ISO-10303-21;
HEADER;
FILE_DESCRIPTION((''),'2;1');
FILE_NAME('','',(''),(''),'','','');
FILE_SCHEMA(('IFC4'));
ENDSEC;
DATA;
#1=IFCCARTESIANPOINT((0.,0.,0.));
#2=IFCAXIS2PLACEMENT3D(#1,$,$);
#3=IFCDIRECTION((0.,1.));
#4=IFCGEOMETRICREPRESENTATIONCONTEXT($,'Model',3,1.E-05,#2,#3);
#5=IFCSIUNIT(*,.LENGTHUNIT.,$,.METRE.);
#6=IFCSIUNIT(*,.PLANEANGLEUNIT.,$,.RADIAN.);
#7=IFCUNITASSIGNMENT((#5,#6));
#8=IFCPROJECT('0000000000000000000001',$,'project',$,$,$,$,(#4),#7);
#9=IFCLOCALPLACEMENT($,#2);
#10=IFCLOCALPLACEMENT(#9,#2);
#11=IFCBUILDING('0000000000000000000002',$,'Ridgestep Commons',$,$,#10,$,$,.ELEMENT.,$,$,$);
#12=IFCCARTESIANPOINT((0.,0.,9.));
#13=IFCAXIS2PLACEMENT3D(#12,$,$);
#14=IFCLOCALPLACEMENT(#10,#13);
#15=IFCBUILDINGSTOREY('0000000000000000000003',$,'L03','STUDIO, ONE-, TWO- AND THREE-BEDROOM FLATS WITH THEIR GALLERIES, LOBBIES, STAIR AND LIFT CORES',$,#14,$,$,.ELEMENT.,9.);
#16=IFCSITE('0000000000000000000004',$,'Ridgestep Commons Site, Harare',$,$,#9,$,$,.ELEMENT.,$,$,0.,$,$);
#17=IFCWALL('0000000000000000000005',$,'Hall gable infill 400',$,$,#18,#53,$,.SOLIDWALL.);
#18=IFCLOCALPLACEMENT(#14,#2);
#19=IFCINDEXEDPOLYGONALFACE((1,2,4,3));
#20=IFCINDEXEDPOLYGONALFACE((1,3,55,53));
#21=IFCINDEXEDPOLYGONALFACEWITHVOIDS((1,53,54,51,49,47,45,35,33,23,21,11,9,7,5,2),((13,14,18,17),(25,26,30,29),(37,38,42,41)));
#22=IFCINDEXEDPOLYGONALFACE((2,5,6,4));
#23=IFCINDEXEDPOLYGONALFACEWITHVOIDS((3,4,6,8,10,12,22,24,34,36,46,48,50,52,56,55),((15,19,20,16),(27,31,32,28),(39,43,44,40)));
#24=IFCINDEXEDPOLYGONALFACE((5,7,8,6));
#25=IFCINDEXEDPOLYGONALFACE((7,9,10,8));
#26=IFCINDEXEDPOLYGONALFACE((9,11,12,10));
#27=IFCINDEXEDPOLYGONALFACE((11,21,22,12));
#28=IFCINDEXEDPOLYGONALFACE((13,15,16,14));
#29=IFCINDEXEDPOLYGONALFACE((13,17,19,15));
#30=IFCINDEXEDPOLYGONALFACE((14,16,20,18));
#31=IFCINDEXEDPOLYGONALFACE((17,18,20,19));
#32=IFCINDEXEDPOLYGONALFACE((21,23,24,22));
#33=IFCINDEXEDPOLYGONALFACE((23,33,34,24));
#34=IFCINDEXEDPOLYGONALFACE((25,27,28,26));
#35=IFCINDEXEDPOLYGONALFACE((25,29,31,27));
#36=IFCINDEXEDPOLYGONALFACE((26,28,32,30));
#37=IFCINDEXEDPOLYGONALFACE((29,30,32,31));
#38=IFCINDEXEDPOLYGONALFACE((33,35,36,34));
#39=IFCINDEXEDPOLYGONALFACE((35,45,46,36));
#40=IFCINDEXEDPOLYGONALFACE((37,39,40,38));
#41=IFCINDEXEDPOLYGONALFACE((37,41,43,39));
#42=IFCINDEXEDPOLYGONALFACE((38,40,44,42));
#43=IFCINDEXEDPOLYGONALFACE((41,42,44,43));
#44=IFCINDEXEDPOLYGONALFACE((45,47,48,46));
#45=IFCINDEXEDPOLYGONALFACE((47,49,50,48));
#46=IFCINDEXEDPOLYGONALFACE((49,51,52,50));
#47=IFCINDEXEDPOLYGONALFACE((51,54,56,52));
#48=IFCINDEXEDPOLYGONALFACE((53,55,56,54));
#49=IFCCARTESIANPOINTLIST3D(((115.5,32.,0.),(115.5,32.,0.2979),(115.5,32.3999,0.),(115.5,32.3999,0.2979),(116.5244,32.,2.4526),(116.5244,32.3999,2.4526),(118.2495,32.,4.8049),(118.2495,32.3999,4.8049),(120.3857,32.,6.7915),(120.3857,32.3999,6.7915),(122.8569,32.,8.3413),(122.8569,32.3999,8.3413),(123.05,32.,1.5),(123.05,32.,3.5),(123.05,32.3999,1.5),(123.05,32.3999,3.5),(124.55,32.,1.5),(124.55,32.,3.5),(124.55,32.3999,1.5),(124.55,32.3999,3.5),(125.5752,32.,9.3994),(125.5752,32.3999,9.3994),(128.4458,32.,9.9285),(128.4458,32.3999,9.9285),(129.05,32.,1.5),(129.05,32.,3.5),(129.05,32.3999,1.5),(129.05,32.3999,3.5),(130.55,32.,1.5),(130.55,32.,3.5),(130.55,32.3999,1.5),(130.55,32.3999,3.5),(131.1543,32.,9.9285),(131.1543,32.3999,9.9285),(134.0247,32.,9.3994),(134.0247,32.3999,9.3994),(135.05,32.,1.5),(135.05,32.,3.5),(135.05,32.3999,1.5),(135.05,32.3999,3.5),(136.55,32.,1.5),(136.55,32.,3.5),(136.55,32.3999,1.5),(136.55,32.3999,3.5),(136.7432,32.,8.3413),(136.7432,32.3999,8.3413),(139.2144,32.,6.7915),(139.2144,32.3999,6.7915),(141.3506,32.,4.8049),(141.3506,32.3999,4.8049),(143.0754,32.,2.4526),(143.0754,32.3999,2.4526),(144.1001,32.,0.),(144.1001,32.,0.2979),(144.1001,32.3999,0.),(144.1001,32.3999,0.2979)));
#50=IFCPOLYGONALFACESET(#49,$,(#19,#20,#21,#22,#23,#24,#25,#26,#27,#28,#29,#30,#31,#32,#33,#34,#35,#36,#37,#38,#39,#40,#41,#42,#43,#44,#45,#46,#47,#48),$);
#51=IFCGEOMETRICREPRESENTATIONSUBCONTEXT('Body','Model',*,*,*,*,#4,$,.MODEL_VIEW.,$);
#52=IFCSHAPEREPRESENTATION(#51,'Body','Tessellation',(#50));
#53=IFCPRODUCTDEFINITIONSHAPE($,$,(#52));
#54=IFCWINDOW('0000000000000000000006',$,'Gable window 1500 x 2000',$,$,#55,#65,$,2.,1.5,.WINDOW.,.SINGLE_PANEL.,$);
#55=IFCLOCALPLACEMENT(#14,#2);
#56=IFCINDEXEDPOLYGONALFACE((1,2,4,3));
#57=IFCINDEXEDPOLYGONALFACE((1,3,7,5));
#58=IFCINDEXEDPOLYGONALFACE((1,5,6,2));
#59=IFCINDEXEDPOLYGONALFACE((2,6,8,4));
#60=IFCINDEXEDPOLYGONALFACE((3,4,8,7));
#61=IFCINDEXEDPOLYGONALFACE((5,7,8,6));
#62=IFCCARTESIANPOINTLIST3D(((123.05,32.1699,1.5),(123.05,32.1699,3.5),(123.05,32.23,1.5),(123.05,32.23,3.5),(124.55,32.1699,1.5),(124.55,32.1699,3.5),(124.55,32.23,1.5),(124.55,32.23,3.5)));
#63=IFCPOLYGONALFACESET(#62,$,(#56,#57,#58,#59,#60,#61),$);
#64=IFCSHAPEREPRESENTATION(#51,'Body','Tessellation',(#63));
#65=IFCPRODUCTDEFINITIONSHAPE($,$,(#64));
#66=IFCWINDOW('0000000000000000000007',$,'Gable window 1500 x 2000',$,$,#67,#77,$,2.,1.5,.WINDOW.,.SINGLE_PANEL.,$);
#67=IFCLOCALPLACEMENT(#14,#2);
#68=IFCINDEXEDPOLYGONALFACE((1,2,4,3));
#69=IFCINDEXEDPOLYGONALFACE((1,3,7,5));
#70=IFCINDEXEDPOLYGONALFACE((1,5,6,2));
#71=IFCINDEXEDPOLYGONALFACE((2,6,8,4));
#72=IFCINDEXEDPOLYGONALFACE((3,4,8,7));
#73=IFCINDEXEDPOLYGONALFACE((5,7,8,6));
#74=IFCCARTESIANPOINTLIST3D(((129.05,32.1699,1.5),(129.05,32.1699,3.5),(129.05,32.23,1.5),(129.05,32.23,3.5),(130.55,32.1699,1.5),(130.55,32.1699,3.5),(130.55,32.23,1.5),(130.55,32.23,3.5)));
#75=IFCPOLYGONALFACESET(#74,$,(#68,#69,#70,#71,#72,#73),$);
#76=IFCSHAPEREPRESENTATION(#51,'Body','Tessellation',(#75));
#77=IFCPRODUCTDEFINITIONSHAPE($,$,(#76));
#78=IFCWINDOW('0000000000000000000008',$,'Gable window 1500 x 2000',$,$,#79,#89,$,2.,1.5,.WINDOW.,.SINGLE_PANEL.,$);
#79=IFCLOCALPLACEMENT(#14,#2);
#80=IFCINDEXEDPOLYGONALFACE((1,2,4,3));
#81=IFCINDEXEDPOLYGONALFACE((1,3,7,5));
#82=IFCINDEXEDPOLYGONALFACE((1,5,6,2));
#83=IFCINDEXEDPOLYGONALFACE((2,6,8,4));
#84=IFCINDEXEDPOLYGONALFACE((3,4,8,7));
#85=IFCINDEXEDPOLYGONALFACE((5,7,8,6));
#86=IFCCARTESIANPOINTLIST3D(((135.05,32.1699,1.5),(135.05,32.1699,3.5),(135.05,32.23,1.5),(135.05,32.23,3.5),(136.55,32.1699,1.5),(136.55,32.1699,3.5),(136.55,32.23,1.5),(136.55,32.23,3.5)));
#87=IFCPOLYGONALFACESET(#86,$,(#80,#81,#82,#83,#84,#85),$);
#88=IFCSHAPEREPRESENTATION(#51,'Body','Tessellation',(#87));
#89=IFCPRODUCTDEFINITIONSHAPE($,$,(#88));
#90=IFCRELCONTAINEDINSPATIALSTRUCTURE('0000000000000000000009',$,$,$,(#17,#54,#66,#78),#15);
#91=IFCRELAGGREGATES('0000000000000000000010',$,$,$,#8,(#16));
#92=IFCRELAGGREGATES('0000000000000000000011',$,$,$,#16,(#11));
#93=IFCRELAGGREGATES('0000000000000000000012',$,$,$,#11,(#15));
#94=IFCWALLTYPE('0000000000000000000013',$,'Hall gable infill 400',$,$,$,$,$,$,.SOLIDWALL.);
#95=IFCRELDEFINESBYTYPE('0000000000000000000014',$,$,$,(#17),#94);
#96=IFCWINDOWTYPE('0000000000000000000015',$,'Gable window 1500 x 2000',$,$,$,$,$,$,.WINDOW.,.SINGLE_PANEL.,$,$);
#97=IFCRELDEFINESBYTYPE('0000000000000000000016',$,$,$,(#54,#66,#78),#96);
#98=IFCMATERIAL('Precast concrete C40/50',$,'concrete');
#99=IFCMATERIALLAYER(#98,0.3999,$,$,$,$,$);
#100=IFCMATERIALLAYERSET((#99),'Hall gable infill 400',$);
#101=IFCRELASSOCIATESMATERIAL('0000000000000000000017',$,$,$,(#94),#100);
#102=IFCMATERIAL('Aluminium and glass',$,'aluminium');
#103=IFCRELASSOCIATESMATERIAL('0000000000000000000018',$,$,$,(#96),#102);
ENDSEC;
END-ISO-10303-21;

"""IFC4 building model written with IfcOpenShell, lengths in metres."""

from ifc_helpers import new_model, si_unit, direction, frame, frame_2d, origin, place, context, subcontext, project, spatial, polyline, rectangle, outline, extrude, material, layer, layer_set, type_object, element, fill, save


model = new_model("IFC4")

# Units and contexts
model_context = context("Model", 3, precision=1e-05, world=origin(), true_north=direction((0.0, 1.0)))
body_context = subcontext(model_context, "Body", "Model", "MODEL_VIEW")
ifc_project = project(units=[si_unit("LENGTHUNIT", "METRE"), si_unit("PLANEANGLEUNIT", "RADIAN")], contexts=[model_context])

# Site, building, storey
site_placement = place(None, origin())
site = spatial("IfcSite", under=ifc_project, at=site_placement, Name="Ridgestep Commons Site, Harare", CompositionType="ELEMENT", RefElevation=0.0)
building_placement = place(site_placement, origin())
building = spatial("IfcBuilding", under=site, at=building_placement, Name="Ridgestep Commons", CompositionType="ELEMENT")
storey_placement = place(building_placement, frame((0.0, 0.0, 9.0)))
storey = spatial("IfcBuildingStorey", under=building, at=storey_placement, Name="L03", Description="STUDIO, ONE-, TWO- AND THREE-BEDROOM FLATS WITH THEIR GALLERIES, LOBBIES, STAIR AND LIFT CORES", CompositionType="ELEMENT", Elevation=9.0)

# Wall, openings, windows
ifc_material_1 = material(Name="Precast concrete C40/50", Category="concrete")
ifc_layer_1 = layer(ifc_material_1, 0.3999)
ifc_layer_set_1 = layer_set([ifc_layer_1], Name="Hall gable infill 400")
wall_type = type_object("IfcWallType", Name="Hall gable infill 400", PredefinedType="SOLIDWALL", material=ifc_layer_set_1)
wall_placement = place(storey_placement, frame((115.5, 32.2, 0.0), z_axis=(0.0, 0.0, 1.0), x_axis=(1.0, 0.0, 0.0)))
wall = element("IfcWall", 1, at=wall_placement, inside=storey, type_object=wall_type, Name="Hall gable infill 400", PredefinedType="SOLIDWALL", context=body_context, shape_type="SweptSolid", body=[
    extrude(outline(polyline([(0.0, 0.0), (28.6001, 0.0), (28.6001, 0.2979), (27.5754, 2.4526), (25.8506, 4.8049), (23.7144, 6.7915), (21.2432, 8.3413), (18.5247, 9.3994), (15.6543, 9.9285), (14.3, 9.9285), (12.9458, 9.9285), (10.0752, 9.3994), (7.3569, 8.3413), (4.8857, 6.7915), (2.7495, 4.8049), (1.0244, 2.4526), (0.0, 0.2979), (0.0, 0.0)])), frame((0.0, 0.2, 0.0), z_axis=(0.0, -1.0, 0.0), x_axis=(1.0, 0.0, 0.0)), (0.0, 0.0, 1.0), 0.3999),
])
opening_1_placement = place(wall_placement, frame((7.55, 0.0, 1.5)))
opening_1 = element("IfcOpeningElement", 2, at=opening_1_placement, cuts=wall, PredefinedType="OPENING", context=body_context, shape_type="SweptSolid", body=[
    extrude(rectangle(XDim=1.5, YDim=2.0, at=frame_2d((0.75, 1.0))), frame((0.0, 0.21, 0.0), z_axis=(0.0, -1.0, 0.0), x_axis=(1.0, 0.0, 0.0)), (0.0, 0.0, 1.0), 0.4199),
])
opening_2_placement = place(wall_placement, frame((13.55, 0.0, 1.5)))
opening_2 = element("IfcOpeningElement", 3, at=opening_2_placement, cuts=wall, PredefinedType="OPENING", context=body_context, shape_type="SweptSolid", body=[
    extrude(rectangle(XDim=1.5, YDim=2.0, at=frame_2d((0.75, 1.0))), frame((0.0, 0.21, 0.0), z_axis=(0.0, -1.0, 0.0), x_axis=(1.0, 0.0, 0.0)), (0.0, 0.0, 1.0), 0.4199),
])
opening_3_placement = place(wall_placement, frame((19.55, 0.0, 1.5)))
opening_3 = element("IfcOpeningElement", 4, at=opening_3_placement, cuts=wall, PredefinedType="OPENING", context=body_context, shape_type="SweptSolid", body=[
    extrude(rectangle(XDim=1.5, YDim=2.0, at=frame_2d((0.75, 1.0))), frame((0.0, 0.21, 0.0), z_axis=(0.0, -1.0, 0.0), x_axis=(1.0, 0.0, 0.0)), (0.0, 0.0, 1.0), 0.4199),
])
ifc_material_2 = material(Name="Aluminium and glass", Category="aluminium")
window_type = type_object("IfcWindowType", Name="Gable window 1500 x 2000", PartitioningType="SINGLE_PANEL", PredefinedType="WINDOW", material=ifc_material_2)
window_1_placement = place(opening_1_placement, origin())
window_1 = element("IfcWindow", 5, at=window_1_placement, inside=storey, type_object=window_type, Name="Gable window 1500 x 2000", OverallHeight=2.0, OverallWidth=1.5, PartitioningType="SINGLE_PANEL", PredefinedType="WINDOW", context=body_context, shape_type="SweptSolid", body=[
    extrude(rectangle(XDim=1.5, YDim=2.0, at=frame_2d((0.75, 1.0))), frame((0.0, 0.03, 0.0), z_axis=(0.0, -1.0, 0.0), x_axis=(1.0, 0.0, 0.0)), (0.0, 0.0, 1.0), 0.0601),
])
fill(opening_1, window_1)
window_2_placement = place(opening_2_placement, origin())
window_2 = element("IfcWindow", 6, at=window_2_placement, inside=storey, type_object=window_type, Name="Gable window 1500 x 2000", OverallHeight=2.0, OverallWidth=1.5, PartitioningType="SINGLE_PANEL", PredefinedType="WINDOW", context=body_context, shape_type="SweptSolid", body=[
    extrude(rectangle(XDim=1.5, YDim=2.0, at=frame_2d((0.75, 1.0))), frame((0.0, 0.03, 0.0), z_axis=(0.0, -1.0, 0.0), x_axis=(1.0, 0.0, 0.0)), (0.0, 0.0, 1.0), 0.0601),
])
fill(opening_2, window_2)
window_3_placement = place(opening_3_placement, origin())
window_3 = element("IfcWindow", 7, at=window_3_placement, inside=storey, type_object=window_type, Name="Gable window 1500 x 2000", OverallHeight=2.0, OverallWidth=1.5, PartitioningType="SINGLE_PANEL", PredefinedType="WINDOW", context=body_context, shape_type="SweptSolid", body=[
    extrude(rectangle(XDim=1.5, YDim=2.0, at=frame_2d((0.75, 1.0))), frame((0.0, 0.03, 0.0), z_axis=(0.0, -1.0, 0.0), x_axis=(1.0, 0.0, 0.0)), (0.0, 0.0, 1.0), 0.0601),
])
fill(opening_3, window_3)

save(model, "model.ifc")
